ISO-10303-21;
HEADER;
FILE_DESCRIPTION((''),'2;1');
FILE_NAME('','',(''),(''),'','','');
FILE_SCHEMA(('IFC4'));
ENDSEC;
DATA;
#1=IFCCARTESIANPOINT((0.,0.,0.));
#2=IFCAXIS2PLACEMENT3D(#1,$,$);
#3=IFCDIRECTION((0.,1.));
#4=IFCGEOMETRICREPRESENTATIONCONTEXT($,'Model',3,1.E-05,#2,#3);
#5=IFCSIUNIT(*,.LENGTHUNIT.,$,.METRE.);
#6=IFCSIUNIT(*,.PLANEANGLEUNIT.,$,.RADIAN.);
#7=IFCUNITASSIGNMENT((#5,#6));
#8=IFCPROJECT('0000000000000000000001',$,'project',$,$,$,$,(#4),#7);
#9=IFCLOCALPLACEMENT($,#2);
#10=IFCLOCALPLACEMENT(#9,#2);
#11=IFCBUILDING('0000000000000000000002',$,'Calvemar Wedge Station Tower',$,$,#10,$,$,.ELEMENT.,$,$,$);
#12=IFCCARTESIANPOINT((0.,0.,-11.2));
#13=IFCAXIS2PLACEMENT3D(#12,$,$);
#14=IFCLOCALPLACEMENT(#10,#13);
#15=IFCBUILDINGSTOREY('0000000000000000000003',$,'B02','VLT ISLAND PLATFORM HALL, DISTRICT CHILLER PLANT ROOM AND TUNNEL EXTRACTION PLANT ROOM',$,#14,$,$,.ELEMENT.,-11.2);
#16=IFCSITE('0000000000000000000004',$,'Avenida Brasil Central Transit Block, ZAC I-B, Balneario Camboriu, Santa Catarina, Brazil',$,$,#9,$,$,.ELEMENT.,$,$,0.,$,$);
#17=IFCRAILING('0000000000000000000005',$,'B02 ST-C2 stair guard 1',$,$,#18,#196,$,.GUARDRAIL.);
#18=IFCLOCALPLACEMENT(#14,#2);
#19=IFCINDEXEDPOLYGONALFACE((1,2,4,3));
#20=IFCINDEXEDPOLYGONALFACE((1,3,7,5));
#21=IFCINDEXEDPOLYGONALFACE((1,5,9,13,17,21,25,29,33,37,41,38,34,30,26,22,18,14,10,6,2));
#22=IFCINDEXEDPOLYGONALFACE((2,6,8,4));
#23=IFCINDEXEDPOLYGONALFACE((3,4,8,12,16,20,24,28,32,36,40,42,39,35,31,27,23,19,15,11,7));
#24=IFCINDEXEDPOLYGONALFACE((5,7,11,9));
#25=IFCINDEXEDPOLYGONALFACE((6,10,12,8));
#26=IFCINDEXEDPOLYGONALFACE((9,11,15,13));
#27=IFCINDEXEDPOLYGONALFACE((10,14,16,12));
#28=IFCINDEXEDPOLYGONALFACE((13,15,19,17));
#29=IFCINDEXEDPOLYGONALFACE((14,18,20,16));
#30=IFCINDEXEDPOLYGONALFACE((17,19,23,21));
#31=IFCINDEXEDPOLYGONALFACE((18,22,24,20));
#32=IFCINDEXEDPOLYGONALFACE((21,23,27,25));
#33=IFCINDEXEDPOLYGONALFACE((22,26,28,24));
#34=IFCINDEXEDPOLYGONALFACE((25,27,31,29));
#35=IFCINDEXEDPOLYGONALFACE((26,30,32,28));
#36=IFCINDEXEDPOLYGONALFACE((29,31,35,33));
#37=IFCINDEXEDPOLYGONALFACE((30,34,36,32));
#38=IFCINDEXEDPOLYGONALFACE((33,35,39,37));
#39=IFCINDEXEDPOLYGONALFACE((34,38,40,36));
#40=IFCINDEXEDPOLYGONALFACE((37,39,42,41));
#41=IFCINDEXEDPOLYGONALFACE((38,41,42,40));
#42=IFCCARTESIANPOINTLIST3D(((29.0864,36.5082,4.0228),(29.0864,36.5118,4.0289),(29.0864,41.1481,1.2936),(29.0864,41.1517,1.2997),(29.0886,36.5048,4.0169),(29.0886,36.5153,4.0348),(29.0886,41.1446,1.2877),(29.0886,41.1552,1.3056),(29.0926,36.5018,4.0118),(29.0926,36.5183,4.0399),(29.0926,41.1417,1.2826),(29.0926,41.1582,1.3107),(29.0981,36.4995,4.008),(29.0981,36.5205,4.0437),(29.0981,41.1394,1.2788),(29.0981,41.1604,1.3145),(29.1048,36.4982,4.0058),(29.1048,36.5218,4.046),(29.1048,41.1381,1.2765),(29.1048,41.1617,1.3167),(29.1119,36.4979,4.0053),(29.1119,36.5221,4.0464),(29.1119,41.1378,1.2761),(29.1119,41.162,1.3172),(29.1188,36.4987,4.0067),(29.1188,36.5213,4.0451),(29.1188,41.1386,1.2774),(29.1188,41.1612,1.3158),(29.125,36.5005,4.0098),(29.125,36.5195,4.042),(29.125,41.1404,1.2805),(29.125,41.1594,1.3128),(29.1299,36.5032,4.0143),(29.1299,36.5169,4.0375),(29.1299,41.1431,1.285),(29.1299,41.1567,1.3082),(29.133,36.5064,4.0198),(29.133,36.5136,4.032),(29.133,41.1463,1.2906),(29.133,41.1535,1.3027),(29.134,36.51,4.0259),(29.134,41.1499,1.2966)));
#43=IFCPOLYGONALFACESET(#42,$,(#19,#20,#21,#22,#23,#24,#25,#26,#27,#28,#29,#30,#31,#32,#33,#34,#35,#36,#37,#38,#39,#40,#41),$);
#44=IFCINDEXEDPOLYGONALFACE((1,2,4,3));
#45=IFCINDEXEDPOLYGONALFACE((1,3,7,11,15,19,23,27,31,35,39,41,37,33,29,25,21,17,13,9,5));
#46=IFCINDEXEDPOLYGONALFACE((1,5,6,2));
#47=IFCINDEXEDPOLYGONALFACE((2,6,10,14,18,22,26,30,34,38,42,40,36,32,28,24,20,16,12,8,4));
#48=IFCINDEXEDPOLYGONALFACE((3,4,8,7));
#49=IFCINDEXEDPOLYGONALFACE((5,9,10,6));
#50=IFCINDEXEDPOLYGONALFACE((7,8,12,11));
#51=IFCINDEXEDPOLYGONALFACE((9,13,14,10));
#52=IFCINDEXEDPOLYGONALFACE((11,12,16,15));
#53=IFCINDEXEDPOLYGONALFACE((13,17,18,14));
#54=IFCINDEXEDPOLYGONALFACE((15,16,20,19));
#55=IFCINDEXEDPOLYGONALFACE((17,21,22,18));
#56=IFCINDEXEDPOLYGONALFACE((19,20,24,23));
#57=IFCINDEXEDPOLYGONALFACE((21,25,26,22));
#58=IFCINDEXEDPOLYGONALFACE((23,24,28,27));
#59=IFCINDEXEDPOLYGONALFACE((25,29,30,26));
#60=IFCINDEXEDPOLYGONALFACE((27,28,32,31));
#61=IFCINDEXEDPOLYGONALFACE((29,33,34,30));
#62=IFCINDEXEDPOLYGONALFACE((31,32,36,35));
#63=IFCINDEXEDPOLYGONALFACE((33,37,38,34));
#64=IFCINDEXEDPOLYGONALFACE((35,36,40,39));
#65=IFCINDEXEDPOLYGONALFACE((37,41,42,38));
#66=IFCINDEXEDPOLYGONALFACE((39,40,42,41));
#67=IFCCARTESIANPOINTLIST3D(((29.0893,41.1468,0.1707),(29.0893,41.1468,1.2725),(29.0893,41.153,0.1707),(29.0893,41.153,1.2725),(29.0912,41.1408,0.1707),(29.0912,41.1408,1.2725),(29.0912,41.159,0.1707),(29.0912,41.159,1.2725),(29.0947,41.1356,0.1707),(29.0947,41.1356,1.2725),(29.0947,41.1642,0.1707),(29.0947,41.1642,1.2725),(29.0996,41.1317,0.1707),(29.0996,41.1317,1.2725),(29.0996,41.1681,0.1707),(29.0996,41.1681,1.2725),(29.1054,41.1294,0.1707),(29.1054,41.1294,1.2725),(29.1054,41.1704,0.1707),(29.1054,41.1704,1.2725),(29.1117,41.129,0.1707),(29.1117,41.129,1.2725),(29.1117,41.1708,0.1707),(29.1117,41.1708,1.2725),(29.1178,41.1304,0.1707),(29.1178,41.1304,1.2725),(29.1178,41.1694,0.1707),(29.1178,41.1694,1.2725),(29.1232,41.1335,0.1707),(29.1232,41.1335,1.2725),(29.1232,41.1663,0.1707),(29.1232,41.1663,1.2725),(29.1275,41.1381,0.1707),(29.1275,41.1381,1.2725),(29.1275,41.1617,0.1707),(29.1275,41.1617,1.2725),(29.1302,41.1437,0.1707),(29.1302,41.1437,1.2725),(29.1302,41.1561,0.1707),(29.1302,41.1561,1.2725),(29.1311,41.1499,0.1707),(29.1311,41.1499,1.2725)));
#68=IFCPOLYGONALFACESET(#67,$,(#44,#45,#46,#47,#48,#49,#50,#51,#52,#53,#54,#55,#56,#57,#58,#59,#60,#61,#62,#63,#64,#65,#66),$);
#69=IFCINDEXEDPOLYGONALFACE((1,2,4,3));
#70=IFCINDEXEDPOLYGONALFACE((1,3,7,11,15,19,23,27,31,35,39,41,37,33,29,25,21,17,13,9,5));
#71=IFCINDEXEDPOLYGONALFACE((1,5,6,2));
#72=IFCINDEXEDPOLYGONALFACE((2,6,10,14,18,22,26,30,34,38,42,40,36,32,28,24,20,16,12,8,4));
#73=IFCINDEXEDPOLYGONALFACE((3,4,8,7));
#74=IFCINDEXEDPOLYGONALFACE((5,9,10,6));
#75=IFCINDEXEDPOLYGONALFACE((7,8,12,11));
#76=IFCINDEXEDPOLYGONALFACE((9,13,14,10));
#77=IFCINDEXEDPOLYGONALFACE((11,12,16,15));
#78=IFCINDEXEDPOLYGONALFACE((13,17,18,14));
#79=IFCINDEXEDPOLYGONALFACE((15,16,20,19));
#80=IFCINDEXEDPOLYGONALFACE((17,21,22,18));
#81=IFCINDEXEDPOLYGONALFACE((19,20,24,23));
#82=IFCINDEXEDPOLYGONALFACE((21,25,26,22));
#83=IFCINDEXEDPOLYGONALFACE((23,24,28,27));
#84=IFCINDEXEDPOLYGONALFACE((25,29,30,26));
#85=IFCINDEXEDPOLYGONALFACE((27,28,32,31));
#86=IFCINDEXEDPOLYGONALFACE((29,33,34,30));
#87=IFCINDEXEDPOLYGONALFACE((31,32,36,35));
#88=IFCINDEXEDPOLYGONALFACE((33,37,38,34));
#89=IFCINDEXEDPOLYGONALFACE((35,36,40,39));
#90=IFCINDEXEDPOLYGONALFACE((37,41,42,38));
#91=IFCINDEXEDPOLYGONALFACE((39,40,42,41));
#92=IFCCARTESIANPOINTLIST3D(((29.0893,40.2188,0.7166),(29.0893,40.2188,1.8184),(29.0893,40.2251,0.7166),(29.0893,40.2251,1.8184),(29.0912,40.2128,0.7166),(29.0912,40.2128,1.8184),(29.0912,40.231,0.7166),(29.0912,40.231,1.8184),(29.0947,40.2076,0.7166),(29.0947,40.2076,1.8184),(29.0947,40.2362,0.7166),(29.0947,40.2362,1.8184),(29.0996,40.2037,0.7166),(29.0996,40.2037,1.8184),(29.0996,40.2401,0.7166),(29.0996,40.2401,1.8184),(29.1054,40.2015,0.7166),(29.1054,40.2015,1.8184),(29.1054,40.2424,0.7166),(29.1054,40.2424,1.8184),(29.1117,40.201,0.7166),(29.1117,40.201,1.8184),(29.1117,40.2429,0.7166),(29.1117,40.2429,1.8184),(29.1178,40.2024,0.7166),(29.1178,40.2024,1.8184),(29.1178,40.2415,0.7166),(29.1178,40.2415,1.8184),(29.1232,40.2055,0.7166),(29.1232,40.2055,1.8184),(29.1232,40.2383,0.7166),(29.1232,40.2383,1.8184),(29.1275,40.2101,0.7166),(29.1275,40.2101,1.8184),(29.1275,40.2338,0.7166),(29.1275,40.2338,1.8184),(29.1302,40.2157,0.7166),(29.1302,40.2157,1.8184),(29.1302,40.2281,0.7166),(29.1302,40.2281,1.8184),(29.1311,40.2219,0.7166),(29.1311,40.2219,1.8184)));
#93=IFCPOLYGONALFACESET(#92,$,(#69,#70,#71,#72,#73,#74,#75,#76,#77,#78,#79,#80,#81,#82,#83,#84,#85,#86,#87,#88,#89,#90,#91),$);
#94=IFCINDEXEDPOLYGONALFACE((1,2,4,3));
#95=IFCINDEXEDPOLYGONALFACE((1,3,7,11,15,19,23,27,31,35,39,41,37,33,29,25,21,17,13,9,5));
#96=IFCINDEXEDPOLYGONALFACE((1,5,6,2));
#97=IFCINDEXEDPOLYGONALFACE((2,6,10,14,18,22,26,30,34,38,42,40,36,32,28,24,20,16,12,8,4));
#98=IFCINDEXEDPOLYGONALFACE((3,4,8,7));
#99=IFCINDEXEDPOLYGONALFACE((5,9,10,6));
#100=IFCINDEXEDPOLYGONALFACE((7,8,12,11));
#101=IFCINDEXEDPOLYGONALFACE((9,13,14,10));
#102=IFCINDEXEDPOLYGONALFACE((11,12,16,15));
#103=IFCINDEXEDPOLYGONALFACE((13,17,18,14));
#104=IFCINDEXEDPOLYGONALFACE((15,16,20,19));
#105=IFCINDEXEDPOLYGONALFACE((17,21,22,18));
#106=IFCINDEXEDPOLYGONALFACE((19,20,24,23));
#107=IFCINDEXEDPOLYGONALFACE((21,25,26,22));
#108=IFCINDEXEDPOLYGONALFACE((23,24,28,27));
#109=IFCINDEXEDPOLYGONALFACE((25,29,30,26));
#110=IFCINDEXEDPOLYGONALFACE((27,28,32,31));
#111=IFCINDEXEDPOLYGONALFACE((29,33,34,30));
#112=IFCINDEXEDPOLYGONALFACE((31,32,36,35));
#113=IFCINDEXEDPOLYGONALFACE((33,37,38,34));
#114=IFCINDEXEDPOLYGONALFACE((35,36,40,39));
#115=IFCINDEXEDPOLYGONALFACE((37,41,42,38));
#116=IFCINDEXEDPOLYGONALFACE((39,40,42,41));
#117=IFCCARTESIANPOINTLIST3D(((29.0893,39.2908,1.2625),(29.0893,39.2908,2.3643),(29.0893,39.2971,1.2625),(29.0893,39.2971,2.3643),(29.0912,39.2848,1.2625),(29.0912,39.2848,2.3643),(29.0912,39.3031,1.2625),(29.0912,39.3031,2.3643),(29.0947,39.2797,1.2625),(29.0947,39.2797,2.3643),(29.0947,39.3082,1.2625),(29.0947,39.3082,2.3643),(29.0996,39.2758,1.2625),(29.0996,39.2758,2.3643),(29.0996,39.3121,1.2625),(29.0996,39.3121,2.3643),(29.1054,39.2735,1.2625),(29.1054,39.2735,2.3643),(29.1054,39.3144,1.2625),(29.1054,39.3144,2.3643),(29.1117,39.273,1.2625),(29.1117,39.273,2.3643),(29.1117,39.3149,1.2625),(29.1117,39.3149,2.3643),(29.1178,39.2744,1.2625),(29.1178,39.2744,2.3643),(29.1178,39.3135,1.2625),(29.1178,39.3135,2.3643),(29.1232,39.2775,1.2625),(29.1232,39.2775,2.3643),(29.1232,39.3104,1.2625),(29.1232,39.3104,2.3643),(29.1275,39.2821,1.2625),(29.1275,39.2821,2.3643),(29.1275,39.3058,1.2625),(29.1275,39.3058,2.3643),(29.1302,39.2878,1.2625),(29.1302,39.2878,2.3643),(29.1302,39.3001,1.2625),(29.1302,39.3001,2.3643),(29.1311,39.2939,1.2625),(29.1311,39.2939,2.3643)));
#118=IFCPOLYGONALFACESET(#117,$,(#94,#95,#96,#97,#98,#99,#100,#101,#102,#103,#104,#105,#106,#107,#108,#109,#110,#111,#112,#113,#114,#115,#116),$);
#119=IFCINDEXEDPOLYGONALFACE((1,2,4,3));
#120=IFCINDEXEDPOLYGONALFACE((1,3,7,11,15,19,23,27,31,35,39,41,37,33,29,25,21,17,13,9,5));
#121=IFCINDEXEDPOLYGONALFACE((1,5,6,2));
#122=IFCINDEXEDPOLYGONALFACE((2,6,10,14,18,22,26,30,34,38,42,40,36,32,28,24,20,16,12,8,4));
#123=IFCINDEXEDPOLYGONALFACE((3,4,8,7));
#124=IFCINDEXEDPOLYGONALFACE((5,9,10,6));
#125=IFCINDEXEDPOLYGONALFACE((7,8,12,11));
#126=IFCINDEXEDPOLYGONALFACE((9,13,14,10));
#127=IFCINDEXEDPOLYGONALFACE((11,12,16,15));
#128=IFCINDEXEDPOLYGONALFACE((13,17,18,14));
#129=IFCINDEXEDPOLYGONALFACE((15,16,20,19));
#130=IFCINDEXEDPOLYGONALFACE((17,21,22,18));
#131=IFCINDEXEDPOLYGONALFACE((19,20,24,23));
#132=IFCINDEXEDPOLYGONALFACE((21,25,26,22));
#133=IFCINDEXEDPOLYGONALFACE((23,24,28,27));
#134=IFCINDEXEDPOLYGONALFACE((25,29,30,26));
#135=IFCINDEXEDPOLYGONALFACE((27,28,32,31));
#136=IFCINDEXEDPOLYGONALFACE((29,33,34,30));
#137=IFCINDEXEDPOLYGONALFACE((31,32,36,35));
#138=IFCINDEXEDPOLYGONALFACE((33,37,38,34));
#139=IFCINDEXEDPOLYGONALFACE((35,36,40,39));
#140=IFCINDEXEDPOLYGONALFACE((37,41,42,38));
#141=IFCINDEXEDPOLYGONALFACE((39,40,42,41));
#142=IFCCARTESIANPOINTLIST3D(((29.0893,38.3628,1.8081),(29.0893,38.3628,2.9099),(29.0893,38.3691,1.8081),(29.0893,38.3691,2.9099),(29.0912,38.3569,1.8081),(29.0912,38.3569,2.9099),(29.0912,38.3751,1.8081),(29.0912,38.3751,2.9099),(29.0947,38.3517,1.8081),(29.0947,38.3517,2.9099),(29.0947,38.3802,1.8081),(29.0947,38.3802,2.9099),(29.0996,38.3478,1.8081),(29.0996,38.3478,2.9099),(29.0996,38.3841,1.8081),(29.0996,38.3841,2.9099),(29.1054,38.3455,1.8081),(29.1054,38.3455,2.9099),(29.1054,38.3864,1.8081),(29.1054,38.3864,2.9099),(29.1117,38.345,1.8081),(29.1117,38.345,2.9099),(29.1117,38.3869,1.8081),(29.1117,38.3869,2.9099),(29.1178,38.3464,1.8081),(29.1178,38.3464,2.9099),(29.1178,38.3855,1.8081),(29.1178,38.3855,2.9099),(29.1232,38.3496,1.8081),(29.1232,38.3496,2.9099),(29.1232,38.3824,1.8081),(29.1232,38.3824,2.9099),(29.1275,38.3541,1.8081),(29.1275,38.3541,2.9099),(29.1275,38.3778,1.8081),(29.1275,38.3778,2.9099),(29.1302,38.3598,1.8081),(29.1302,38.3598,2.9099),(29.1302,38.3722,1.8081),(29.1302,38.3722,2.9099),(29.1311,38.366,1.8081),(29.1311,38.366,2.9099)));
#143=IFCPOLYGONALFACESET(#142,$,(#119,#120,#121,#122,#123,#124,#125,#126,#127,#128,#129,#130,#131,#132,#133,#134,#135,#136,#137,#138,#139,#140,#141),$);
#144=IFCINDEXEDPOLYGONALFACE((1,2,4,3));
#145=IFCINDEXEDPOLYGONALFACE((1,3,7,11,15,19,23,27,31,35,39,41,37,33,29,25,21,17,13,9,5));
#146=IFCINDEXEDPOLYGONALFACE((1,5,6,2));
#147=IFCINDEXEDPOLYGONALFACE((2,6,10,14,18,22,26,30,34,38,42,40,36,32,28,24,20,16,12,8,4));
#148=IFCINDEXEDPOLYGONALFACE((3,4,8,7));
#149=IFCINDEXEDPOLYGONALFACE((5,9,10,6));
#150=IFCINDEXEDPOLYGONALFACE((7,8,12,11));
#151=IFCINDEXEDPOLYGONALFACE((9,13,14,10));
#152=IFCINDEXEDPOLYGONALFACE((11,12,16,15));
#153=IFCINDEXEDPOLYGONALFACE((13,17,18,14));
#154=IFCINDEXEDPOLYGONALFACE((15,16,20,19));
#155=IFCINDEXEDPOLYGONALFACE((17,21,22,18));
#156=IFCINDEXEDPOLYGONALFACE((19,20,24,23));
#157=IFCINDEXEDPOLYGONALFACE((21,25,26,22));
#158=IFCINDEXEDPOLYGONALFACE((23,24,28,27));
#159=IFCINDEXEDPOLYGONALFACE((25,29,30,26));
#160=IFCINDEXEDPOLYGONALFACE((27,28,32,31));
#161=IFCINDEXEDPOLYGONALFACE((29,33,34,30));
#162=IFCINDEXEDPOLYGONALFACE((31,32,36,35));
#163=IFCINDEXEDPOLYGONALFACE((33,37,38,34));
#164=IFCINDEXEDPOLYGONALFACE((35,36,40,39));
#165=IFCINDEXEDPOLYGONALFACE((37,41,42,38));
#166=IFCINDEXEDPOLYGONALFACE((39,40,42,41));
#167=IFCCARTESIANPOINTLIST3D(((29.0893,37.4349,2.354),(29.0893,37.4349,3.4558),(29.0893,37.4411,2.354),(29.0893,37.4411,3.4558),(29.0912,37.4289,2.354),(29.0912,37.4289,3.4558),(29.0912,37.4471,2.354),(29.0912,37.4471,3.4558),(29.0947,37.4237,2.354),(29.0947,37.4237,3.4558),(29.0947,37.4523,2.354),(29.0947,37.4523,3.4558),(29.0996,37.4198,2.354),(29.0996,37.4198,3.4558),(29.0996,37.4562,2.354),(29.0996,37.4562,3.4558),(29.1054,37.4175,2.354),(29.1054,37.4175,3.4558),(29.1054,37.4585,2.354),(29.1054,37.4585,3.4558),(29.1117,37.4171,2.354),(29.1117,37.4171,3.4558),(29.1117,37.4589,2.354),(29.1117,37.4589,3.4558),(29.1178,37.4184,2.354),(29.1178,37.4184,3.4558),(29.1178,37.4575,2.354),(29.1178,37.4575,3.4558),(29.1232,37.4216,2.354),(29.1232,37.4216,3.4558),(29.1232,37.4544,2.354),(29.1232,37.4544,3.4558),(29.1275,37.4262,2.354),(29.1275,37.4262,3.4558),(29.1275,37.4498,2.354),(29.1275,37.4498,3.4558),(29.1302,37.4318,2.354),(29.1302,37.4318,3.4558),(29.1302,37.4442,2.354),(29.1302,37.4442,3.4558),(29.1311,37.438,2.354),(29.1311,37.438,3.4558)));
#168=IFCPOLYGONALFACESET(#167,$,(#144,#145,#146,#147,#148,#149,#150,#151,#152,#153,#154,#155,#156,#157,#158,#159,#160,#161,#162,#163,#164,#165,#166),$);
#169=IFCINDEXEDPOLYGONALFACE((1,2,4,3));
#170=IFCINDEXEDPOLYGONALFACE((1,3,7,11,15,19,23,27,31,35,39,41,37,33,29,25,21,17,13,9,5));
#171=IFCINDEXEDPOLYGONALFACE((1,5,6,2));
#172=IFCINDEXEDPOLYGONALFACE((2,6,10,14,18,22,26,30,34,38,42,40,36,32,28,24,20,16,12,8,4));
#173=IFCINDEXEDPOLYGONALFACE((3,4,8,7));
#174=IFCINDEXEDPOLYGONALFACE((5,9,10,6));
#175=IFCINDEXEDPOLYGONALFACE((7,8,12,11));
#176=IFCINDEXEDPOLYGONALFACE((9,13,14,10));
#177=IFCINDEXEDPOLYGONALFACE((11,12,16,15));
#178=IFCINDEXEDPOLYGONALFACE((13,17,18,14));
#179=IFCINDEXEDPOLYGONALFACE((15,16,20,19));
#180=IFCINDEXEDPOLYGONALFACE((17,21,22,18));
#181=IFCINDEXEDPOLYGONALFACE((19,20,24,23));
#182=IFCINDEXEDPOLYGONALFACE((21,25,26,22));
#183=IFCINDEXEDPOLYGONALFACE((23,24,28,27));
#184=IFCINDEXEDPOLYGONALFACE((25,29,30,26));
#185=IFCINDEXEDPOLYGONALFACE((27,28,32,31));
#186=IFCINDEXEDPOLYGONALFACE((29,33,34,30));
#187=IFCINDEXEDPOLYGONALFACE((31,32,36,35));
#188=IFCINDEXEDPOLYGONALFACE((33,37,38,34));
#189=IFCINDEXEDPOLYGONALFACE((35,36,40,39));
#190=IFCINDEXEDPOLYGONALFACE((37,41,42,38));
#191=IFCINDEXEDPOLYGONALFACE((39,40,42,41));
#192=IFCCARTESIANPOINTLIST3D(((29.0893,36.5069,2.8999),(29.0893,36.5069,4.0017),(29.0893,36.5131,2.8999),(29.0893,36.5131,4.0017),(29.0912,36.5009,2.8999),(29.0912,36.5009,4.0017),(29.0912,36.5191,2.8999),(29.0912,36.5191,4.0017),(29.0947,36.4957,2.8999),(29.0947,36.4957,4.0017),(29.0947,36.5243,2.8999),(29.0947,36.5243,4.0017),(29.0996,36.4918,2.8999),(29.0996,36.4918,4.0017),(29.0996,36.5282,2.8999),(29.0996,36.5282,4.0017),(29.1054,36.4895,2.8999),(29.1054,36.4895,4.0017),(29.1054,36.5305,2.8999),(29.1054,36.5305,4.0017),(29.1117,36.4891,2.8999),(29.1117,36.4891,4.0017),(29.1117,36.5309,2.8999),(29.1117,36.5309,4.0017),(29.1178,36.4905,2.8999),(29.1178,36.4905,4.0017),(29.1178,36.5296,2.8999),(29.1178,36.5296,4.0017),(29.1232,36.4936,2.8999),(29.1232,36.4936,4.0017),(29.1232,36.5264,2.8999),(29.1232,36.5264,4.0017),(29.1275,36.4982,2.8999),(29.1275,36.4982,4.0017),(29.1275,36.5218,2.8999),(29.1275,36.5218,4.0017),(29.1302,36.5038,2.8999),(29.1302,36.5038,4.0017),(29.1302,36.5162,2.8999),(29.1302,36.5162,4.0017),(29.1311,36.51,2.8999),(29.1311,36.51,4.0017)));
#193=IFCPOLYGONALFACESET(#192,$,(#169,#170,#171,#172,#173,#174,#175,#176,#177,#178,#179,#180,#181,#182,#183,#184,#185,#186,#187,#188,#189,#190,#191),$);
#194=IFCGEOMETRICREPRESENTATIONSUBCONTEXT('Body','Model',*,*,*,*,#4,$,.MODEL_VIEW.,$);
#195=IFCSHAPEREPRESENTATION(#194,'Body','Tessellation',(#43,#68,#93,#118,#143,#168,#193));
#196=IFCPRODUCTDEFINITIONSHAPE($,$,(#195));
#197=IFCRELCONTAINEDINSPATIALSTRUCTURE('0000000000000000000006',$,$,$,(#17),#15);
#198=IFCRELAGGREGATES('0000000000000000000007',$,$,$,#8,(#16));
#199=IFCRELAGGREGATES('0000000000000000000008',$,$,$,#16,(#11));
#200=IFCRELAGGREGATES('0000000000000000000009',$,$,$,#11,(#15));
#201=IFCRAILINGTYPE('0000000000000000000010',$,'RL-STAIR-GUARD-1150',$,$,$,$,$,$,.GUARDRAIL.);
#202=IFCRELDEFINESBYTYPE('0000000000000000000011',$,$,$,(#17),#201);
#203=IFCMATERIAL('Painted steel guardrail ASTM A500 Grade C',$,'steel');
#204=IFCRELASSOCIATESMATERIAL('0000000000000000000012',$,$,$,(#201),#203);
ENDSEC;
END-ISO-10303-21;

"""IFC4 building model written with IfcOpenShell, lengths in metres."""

from ifc_helpers import new_model, si_unit, direction, frame, origin, origin_2d, place, context, subcontext, project, spatial, circle, extrude, material, type_object, element, save


model = new_model("IFC4")

# Units and contexts
model_context = context("Model", 3, precision=1e-05, world=origin(), true_north=direction((0.0, 1.0)))
body_context = subcontext(model_context, "Body", "Model", "MODEL_VIEW")
ifc_project = project(units=[si_unit("LENGTHUNIT", "METRE"), si_unit("PLANEANGLEUNIT", "RADIAN")], contexts=[model_context])

# Site, building, storey
site_placement = place(None, origin())
site = spatial("IfcSite", under=ifc_project, at=site_placement, Name="Avenida Brasil Central Transit Block, ZAC I-B, Balneario Camboriu, Santa Catarina, Brazil", CompositionType="ELEMENT", RefElevation=0.0)
building_placement = place(site_placement, origin())
building = spatial("IfcBuilding", under=site, at=building_placement, Name="Calvemar Wedge Station Tower", CompositionType="ELEMENT")
storey_placement = place(building_placement, frame((0.0, 0.0, -11.2)))
storey = spatial("IfcBuildingStorey", under=building, at=storey_placement, Name="B02", Description="VLT ISLAND PLATFORM HALL, DISTRICT CHILLER PLANT ROOM AND TUNNEL EXTRACTION PLANT ROOM", CompositionType="ELEMENT", Elevation=-11.2)

# Railing
ifc_material_1 = material(Name="Painted steel guardrail ASTM A500 Grade C", Category="steel")
railing_type_1 = type_object("IfcRailingType", Name="RL-STAIR-GUARD-1150", PredefinedType="GUARDRAIL", material=ifc_material_1)
railing_1_placement = place(storey_placement, frame((29.1101, 41.1499, 0.1707)))
element("IfcRailing", 1, at=railing_1_placement, inside=storey, type_object=railing_type_1, Name="B02 ST-C2 stair guard 1", PredefinedType="GUARDRAIL", context=body_context, shape_type="SweptSolid", body=[
    extrude(circle(Radius=0.0239, at=origin_2d()), frame((0.0, 0.0, 1.126), z_axis=(0.0, -0.861942, 0.507006), x_axis=(1.0, 0.0, 0.0)), (0.0, 0.0, 1.0), 5.3831),
    extrude(circle(Radius=0.021, at=origin_2d()), origin(), (0.0, 0.0, 1.0), 1.1018),
    extrude(circle(Radius=0.021, at=origin_2d()), frame((0.0, -0.928, 0.5459)), (0.0, 0.0, 1.0), 1.1018),
    extrude(circle(Radius=0.021, at=origin_2d()), frame((0.0, -1.856, 1.0918)), (0.0, 0.0, 1.0), 1.1018),
    extrude(circle(Radius=0.021, at=origin_2d()), frame((0.0, -2.7839, 1.6375)), (0.0, 0.0, 1.0), 1.1018),
    extrude(circle(Radius=0.021, at=origin_2d()), frame((0.0, -3.7119, 2.1833)), (0.0, 0.0, 1.0), 1.1018),
    extrude(circle(Radius=0.021, at=origin_2d()), frame((0.0, -4.6399, 2.7292)), (0.0, 0.0, 1.0), 1.1018),
])

save(model, "model.ifc")
